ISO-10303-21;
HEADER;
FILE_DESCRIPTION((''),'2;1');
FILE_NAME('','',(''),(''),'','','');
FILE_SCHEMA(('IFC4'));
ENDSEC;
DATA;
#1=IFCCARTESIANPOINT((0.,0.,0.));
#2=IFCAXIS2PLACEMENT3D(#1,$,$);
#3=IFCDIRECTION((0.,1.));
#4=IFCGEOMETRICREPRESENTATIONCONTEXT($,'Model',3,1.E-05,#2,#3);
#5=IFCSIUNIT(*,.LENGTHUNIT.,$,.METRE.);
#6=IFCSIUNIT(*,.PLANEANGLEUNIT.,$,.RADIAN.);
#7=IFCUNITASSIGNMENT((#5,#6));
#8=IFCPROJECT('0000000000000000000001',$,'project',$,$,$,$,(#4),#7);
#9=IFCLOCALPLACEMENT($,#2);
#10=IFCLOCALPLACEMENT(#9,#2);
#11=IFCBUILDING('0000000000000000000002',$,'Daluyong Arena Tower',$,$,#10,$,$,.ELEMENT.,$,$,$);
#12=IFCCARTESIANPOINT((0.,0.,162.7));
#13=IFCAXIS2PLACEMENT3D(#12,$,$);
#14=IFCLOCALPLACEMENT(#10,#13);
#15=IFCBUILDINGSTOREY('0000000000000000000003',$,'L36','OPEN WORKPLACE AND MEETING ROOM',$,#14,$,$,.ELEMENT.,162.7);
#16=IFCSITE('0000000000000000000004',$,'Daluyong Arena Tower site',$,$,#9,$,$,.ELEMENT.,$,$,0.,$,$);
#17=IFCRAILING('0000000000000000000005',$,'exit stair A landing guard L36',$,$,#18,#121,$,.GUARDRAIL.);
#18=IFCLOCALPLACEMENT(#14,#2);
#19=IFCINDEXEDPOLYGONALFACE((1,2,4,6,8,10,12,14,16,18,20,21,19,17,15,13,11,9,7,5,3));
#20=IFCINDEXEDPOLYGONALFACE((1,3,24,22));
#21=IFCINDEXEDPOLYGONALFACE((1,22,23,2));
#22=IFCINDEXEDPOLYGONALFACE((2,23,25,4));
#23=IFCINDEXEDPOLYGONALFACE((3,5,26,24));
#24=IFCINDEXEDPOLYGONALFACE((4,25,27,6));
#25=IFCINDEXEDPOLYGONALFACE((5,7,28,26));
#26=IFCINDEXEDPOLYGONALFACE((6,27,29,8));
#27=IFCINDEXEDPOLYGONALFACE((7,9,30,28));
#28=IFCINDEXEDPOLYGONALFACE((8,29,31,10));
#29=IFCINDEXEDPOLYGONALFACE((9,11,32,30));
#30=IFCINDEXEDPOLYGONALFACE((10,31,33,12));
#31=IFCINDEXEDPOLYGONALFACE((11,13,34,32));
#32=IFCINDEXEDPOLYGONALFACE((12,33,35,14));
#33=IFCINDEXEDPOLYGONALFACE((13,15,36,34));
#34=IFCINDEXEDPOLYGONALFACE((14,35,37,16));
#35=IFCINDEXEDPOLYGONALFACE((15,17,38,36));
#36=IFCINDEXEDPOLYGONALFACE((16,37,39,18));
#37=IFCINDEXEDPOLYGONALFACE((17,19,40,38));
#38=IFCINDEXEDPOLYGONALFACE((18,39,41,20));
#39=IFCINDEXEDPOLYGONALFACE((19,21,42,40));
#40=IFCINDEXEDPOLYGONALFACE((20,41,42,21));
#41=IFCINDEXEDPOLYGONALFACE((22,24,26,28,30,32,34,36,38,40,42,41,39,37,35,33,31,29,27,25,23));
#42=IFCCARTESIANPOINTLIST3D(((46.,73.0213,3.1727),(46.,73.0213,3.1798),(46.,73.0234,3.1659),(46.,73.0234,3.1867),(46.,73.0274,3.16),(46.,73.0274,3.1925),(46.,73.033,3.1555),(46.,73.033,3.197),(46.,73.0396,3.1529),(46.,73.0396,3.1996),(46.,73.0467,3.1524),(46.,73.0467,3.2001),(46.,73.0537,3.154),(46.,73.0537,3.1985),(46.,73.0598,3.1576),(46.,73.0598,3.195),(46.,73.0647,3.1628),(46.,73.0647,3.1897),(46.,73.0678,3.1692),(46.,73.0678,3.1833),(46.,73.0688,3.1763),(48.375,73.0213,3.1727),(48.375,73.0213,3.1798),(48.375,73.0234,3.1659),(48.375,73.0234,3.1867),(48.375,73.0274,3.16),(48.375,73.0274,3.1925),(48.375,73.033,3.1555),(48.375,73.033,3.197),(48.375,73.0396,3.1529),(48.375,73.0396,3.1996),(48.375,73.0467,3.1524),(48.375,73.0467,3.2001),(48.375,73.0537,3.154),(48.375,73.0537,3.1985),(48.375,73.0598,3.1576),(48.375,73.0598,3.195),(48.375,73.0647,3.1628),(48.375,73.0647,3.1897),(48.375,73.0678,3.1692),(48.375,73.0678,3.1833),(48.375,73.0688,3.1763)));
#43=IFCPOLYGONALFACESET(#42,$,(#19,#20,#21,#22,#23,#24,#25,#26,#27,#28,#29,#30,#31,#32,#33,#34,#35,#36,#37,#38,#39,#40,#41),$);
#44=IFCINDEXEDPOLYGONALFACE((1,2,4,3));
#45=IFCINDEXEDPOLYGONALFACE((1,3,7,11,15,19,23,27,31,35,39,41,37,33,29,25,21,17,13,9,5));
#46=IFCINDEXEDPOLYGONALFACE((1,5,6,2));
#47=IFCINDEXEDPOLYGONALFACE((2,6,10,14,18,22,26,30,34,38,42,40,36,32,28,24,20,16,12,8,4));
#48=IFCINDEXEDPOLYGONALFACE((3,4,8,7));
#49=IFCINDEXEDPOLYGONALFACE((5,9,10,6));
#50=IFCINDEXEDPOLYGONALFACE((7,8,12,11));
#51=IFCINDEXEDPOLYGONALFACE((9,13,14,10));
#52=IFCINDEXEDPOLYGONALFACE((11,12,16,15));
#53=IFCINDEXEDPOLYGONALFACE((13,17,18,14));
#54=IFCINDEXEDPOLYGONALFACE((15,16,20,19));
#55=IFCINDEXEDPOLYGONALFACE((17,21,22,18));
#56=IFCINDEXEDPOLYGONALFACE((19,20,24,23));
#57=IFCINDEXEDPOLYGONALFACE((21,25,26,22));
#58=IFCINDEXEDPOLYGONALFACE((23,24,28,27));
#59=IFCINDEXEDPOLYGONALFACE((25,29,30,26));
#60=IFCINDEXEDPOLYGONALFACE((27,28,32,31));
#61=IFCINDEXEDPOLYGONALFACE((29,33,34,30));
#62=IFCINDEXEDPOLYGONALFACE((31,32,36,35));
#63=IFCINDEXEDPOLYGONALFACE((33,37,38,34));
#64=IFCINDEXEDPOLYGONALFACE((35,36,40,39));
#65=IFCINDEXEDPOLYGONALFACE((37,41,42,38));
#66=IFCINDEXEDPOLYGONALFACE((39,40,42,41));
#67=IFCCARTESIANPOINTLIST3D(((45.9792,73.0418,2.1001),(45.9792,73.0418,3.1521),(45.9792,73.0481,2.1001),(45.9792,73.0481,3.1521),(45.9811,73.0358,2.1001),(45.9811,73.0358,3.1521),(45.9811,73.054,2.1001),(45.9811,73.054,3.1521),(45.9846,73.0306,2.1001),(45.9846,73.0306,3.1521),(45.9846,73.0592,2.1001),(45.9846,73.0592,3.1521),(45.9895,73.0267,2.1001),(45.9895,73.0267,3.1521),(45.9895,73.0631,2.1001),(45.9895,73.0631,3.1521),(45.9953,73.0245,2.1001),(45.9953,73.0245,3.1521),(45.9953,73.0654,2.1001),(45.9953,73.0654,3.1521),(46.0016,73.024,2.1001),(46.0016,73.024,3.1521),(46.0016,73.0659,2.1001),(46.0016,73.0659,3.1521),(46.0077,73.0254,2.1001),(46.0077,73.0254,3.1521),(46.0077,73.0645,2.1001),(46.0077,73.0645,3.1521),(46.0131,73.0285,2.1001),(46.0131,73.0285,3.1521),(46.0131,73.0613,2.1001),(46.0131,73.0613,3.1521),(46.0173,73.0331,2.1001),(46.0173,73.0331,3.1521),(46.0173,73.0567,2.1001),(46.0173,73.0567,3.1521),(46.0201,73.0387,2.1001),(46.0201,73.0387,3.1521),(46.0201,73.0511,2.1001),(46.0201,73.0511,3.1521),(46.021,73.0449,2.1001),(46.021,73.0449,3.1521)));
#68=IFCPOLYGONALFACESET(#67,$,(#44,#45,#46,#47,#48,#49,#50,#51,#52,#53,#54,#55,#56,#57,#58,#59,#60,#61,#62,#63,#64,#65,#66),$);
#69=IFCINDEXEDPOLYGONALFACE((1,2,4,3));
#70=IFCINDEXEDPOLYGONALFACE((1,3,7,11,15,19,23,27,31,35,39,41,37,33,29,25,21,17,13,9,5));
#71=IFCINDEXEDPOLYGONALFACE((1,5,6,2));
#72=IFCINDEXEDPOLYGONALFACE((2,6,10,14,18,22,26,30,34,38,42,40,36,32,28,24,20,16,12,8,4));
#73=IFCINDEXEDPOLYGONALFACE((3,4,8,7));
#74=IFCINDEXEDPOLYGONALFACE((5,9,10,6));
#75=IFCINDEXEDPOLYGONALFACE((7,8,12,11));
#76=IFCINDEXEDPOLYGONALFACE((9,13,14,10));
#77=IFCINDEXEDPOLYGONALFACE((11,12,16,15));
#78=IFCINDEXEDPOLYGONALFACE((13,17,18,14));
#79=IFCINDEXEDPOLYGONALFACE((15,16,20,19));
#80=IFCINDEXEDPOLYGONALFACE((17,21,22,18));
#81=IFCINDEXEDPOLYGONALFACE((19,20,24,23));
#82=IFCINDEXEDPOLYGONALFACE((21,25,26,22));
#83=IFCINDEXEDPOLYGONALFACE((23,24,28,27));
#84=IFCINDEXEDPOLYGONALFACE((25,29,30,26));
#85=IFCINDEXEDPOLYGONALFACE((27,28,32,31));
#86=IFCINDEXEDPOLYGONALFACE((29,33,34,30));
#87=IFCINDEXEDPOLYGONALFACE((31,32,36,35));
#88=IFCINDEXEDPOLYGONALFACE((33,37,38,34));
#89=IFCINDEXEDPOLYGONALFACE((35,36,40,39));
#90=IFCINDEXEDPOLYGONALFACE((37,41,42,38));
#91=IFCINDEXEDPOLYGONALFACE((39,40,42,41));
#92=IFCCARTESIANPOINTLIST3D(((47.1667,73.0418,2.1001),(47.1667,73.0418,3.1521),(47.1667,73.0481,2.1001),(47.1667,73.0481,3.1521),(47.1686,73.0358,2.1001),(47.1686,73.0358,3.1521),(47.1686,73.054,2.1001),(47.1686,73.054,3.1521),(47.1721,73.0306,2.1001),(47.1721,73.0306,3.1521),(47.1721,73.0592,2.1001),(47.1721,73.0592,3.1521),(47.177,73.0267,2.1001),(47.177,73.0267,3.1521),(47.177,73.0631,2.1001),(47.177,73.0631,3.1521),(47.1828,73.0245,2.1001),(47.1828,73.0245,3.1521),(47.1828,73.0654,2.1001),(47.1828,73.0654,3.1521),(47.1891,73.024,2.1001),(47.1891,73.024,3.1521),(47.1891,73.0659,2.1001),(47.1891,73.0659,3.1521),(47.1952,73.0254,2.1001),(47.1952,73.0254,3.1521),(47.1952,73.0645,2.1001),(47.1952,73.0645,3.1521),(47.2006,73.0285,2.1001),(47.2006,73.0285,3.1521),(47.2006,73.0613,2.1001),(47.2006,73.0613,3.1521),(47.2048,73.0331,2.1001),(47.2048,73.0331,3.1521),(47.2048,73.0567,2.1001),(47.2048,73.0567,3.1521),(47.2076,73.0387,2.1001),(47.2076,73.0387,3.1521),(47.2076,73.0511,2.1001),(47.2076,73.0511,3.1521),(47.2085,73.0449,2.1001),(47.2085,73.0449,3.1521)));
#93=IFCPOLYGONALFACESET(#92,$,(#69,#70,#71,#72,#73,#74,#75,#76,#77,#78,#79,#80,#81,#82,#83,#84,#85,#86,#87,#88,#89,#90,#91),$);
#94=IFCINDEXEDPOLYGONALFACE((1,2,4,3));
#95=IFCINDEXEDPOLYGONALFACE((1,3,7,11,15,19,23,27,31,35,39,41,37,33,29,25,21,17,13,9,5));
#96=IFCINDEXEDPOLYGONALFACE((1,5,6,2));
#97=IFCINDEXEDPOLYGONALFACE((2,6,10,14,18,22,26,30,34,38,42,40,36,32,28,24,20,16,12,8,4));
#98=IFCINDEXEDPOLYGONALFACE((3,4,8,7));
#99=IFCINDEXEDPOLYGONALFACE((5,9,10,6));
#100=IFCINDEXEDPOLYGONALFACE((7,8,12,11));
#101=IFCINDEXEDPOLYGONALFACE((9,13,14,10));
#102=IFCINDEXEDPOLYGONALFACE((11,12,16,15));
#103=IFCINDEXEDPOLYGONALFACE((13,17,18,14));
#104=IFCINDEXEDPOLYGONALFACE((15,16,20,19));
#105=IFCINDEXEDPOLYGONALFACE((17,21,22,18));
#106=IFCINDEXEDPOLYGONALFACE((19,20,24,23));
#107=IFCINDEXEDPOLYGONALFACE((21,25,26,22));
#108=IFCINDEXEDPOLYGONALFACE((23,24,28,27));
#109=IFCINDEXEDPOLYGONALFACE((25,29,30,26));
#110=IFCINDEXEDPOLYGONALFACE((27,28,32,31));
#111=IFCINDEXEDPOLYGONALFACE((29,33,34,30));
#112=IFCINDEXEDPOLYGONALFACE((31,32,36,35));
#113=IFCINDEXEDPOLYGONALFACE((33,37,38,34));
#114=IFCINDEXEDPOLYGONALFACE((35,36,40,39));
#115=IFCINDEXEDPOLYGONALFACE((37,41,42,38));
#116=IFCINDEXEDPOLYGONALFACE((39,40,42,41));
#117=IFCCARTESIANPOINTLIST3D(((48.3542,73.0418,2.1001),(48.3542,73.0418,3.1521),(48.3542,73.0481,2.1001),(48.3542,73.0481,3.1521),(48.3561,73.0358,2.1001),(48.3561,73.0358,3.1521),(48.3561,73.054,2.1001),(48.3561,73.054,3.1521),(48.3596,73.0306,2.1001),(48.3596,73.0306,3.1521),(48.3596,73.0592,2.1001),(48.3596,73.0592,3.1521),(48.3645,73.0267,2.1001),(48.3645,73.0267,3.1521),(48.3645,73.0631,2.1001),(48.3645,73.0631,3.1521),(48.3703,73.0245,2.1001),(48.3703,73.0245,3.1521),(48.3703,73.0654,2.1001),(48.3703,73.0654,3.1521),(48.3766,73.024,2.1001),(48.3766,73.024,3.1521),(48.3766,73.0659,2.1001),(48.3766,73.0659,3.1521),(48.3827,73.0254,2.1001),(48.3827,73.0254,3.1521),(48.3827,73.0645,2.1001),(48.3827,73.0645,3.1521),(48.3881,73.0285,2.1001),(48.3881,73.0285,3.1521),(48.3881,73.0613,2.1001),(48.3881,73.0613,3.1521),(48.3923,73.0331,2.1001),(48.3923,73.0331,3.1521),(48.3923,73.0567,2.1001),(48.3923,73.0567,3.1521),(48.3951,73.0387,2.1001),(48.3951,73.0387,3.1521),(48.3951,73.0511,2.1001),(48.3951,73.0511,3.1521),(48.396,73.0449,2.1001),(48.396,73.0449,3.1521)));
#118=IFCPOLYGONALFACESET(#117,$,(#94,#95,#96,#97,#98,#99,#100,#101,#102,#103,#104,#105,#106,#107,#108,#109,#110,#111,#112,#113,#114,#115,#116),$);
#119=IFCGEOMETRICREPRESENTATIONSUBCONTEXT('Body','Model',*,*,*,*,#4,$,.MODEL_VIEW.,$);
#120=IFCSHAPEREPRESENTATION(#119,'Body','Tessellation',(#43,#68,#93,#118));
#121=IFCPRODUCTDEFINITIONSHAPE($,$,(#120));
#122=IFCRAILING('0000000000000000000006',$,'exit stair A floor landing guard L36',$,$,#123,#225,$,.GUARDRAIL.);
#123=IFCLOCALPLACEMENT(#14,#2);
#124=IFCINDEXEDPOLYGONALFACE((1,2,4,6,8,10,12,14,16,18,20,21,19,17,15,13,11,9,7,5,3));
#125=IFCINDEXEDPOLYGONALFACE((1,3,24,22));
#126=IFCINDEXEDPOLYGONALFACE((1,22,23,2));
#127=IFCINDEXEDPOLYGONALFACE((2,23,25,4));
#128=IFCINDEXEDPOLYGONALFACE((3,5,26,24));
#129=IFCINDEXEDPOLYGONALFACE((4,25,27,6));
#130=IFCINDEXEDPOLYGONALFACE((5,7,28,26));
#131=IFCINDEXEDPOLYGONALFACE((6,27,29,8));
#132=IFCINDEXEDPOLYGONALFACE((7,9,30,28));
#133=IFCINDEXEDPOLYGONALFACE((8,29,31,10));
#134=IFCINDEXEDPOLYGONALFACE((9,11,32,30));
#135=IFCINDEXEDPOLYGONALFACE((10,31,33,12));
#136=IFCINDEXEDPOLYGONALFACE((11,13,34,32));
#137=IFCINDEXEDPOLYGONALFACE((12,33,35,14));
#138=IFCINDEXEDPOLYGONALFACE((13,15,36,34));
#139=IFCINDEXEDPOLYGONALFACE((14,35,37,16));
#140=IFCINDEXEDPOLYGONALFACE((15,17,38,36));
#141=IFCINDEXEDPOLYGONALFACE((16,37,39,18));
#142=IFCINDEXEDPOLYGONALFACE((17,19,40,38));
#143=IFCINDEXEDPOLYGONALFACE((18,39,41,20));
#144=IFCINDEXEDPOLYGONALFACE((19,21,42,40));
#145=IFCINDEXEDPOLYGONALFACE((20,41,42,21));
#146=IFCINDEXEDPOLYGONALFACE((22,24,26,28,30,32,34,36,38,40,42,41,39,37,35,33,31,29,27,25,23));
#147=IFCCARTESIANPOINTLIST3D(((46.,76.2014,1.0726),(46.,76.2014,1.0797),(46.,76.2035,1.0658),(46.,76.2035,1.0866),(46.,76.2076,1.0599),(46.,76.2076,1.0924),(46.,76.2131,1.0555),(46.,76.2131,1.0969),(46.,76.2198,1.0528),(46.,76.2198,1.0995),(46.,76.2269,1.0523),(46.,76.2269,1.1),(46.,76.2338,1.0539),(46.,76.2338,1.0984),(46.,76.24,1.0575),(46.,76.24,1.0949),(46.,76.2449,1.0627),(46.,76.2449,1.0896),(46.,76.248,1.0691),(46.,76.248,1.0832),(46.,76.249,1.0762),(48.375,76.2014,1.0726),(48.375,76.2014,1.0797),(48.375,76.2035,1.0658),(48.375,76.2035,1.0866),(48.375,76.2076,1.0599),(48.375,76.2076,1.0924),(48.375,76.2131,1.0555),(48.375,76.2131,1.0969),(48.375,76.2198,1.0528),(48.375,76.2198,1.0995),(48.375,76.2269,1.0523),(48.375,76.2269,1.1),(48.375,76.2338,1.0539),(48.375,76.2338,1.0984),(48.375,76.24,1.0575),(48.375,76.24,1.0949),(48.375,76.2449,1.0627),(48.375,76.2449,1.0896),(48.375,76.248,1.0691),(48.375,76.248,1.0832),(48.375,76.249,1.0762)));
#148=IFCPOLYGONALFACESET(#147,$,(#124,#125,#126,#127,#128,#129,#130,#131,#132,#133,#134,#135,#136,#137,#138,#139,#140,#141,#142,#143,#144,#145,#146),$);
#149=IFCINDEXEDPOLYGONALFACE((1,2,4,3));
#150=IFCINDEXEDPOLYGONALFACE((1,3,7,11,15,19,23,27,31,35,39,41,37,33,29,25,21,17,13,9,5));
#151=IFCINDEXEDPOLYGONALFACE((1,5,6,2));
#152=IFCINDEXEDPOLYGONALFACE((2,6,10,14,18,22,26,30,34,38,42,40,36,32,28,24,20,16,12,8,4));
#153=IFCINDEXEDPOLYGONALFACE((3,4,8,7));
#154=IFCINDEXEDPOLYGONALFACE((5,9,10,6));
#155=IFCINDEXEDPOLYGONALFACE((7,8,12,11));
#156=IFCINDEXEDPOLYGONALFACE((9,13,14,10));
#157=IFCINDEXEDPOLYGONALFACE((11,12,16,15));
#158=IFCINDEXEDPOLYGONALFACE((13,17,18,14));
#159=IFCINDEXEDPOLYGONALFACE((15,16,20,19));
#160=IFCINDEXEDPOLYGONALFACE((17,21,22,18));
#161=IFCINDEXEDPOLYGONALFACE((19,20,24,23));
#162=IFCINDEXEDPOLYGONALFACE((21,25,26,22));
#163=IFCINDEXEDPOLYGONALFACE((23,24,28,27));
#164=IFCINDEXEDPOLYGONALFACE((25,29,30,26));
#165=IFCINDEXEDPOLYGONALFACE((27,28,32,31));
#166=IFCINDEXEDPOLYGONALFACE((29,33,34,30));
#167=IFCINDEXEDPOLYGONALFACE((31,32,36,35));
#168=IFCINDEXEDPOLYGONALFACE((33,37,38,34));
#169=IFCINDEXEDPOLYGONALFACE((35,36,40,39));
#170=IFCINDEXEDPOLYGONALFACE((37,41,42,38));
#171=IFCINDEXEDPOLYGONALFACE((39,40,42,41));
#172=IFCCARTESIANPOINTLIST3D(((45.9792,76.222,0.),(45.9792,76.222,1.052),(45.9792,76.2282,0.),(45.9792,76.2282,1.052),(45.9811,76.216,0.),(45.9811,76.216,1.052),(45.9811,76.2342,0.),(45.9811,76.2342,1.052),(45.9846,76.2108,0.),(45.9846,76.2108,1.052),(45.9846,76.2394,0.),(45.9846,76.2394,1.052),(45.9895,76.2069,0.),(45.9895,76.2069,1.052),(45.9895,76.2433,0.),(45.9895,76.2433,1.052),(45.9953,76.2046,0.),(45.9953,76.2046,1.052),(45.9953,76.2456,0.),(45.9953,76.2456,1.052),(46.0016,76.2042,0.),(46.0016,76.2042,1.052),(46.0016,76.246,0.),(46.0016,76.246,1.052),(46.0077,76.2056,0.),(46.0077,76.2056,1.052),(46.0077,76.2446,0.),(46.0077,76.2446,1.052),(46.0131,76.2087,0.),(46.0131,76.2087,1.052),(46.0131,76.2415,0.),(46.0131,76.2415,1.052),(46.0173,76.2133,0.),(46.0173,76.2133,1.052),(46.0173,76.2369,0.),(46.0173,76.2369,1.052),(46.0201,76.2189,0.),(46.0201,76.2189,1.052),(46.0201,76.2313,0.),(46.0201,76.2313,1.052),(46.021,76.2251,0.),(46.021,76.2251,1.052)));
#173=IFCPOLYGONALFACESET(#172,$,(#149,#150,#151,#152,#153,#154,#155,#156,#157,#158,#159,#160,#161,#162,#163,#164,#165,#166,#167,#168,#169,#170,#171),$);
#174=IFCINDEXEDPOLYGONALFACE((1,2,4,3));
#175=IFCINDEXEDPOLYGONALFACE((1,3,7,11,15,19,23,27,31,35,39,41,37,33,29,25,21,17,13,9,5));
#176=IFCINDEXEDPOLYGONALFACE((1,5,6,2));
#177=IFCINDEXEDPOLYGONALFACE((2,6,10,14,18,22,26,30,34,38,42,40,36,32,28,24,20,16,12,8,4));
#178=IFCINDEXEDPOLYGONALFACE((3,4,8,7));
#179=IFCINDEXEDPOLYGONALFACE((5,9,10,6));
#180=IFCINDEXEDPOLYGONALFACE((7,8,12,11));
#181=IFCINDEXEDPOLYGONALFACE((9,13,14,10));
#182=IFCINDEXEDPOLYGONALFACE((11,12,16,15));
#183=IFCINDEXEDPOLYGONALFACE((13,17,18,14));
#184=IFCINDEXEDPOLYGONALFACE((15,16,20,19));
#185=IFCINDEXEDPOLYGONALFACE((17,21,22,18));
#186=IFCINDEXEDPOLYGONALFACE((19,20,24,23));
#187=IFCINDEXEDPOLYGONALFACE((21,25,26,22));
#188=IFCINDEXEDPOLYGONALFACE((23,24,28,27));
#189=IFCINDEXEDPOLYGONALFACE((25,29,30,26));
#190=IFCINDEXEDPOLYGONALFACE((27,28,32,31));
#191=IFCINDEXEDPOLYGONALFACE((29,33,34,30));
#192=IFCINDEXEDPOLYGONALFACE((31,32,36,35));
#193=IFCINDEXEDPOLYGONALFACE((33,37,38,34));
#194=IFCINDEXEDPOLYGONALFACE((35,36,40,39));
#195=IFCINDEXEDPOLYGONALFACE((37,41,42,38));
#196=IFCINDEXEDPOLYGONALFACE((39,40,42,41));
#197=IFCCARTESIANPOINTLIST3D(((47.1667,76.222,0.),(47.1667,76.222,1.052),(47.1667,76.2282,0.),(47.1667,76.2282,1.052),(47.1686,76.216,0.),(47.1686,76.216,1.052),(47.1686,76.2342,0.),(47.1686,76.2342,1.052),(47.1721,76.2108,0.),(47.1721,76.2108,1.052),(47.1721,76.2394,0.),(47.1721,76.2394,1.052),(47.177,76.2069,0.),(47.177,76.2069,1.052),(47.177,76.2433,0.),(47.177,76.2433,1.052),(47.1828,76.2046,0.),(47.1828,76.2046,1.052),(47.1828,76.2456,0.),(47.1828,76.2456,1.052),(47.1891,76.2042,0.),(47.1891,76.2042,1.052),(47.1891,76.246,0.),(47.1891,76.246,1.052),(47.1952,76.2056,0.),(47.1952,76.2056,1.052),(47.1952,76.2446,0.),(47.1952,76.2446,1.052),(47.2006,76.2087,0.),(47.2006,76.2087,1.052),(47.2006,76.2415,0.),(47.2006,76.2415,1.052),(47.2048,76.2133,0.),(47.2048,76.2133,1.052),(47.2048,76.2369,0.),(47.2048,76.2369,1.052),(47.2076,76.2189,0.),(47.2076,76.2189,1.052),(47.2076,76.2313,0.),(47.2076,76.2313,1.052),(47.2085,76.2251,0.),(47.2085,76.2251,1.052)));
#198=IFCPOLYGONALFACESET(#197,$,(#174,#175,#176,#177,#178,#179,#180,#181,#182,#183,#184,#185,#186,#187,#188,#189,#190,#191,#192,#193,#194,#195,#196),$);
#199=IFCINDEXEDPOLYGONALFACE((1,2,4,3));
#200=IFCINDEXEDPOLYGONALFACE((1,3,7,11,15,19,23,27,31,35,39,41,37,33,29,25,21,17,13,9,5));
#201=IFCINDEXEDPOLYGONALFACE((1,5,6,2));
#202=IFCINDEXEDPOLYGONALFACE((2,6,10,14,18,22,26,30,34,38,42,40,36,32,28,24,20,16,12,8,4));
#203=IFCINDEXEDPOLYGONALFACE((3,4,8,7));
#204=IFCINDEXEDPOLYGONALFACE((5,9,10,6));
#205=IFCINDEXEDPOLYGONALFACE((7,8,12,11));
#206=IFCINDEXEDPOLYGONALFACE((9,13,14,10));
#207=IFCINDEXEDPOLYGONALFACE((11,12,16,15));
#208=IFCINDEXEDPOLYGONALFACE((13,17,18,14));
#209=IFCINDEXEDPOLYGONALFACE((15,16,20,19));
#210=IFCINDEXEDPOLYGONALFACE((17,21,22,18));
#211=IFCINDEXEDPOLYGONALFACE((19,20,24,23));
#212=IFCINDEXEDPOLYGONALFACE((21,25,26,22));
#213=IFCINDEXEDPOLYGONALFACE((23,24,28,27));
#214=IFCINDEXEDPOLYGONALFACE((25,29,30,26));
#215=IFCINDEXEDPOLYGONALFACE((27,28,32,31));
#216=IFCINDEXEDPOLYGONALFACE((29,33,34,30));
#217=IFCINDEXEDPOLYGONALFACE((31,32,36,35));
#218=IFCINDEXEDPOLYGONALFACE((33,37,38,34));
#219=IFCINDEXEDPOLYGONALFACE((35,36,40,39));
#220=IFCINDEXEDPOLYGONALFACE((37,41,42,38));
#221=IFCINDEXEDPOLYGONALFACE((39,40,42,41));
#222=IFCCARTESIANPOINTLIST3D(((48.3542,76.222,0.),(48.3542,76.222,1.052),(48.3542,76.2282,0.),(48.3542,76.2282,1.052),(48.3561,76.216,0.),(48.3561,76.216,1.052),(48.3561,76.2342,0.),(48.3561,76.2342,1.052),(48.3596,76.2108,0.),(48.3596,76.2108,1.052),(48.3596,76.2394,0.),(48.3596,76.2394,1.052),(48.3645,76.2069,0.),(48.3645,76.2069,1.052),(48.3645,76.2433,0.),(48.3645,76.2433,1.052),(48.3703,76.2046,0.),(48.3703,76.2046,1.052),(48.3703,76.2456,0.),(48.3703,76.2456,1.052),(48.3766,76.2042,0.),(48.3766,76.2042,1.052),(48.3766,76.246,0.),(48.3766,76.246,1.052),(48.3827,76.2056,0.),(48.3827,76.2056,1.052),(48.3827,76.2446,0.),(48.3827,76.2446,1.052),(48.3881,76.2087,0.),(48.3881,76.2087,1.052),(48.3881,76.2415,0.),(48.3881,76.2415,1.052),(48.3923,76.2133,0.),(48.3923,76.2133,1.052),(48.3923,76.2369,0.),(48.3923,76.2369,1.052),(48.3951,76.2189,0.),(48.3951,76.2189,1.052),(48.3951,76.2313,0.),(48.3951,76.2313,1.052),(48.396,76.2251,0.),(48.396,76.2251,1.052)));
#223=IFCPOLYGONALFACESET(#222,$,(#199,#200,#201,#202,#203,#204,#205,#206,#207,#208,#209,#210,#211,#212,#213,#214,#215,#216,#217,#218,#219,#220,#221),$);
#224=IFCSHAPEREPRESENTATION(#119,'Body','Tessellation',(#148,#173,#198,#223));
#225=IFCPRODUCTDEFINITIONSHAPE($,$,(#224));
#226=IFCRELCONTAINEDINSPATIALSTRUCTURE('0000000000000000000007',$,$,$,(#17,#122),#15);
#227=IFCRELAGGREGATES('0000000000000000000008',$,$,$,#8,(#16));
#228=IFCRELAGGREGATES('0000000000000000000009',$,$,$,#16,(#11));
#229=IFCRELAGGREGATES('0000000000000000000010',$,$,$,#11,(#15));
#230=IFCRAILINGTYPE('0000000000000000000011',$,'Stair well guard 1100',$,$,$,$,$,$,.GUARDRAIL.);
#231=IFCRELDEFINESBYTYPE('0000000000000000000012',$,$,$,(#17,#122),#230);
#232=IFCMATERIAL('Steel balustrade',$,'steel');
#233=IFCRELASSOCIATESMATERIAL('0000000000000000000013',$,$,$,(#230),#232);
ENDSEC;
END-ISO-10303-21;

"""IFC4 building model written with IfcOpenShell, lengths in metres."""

from ifc_helpers import new_model, si_unit, direction, frame, origin, origin_2d, place, context, subcontext, project, spatial, circle, extrude, material, type_object, element, save


model = new_model("IFC4")

# Units and contexts
model_context = context("Model", 3, precision=1e-05, world=origin(), true_north=direction((0.0, 1.0)))
body_context = subcontext(model_context, "Body", "Model", "MODEL_VIEW")
ifc_project = project(units=[si_unit("LENGTHUNIT", "METRE"), si_unit("PLANEANGLEUNIT", "RADIAN")], contexts=[model_context])

# Site, building, storey
site_placement = place(None, origin())
site = spatial("IfcSite", under=ifc_project, at=site_placement, Name="Daluyong Arena Tower site", CompositionType="ELEMENT", RefElevation=0.0)
building_placement = place(site_placement, origin())
building = spatial("IfcBuilding", under=site, at=building_placement, Name="Daluyong Arena Tower", CompositionType="ELEMENT")
storey_placement = place(building_placement, frame((0.0, 0.0, 162.7)))
storey = spatial("IfcBuildingStorey", under=building, at=storey_placement, Name="L36", Description="OPEN WORKPLACE AND MEETING ROOM", CompositionType="ELEMENT", Elevation=162.7)

# Railings
ifc_material_1 = material(Name="Steel balustrade", Category="steel")
railing_type_1 = type_object("IfcRailingType", Name="Stair well guard 1100", PredefinedType="GUARDRAIL", material=ifc_material_1)
for number, where, name in (
    (1, (46.0, 73.0449, 2.1001), "exit stair A landing guard L36"),
    (2, (46.0, 76.2251, 0.0), "exit stair A floor landing guard L36"),
):
    element("IfcRailing", number, at=place(storey_placement, frame(where)), inside=storey, type_object=railing_type_1, Name=name, PredefinedType="GUARDRAIL", context=body_context, shape_type="SweptSolid", body=[
        extrude(circle(Radius=0.0239, at=origin_2d()), frame((0.0, 0.0, 1.0762), z_axis=(1.0, 0.0, 0.0), x_axis=(0.0, 1.0, 0.0)), (0.0, 0.0, 1.0), 2.375),
        extrude(circle(Radius=0.021, at=origin_2d()), origin(), (0.0, 0.0, 1.0), 1.052),
        extrude(circle(Radius=0.021, at=origin_2d()), frame((1.1875, 0.0, 0.0)), (0.0, 0.0, 1.0), 1.052),
        extrude(circle(Radius=0.021, at=origin_2d()), frame((2.375, 0.0, 0.0)), (0.0, 0.0, 1.0), 1.052),
    ])

save(model, "model.ifc")
